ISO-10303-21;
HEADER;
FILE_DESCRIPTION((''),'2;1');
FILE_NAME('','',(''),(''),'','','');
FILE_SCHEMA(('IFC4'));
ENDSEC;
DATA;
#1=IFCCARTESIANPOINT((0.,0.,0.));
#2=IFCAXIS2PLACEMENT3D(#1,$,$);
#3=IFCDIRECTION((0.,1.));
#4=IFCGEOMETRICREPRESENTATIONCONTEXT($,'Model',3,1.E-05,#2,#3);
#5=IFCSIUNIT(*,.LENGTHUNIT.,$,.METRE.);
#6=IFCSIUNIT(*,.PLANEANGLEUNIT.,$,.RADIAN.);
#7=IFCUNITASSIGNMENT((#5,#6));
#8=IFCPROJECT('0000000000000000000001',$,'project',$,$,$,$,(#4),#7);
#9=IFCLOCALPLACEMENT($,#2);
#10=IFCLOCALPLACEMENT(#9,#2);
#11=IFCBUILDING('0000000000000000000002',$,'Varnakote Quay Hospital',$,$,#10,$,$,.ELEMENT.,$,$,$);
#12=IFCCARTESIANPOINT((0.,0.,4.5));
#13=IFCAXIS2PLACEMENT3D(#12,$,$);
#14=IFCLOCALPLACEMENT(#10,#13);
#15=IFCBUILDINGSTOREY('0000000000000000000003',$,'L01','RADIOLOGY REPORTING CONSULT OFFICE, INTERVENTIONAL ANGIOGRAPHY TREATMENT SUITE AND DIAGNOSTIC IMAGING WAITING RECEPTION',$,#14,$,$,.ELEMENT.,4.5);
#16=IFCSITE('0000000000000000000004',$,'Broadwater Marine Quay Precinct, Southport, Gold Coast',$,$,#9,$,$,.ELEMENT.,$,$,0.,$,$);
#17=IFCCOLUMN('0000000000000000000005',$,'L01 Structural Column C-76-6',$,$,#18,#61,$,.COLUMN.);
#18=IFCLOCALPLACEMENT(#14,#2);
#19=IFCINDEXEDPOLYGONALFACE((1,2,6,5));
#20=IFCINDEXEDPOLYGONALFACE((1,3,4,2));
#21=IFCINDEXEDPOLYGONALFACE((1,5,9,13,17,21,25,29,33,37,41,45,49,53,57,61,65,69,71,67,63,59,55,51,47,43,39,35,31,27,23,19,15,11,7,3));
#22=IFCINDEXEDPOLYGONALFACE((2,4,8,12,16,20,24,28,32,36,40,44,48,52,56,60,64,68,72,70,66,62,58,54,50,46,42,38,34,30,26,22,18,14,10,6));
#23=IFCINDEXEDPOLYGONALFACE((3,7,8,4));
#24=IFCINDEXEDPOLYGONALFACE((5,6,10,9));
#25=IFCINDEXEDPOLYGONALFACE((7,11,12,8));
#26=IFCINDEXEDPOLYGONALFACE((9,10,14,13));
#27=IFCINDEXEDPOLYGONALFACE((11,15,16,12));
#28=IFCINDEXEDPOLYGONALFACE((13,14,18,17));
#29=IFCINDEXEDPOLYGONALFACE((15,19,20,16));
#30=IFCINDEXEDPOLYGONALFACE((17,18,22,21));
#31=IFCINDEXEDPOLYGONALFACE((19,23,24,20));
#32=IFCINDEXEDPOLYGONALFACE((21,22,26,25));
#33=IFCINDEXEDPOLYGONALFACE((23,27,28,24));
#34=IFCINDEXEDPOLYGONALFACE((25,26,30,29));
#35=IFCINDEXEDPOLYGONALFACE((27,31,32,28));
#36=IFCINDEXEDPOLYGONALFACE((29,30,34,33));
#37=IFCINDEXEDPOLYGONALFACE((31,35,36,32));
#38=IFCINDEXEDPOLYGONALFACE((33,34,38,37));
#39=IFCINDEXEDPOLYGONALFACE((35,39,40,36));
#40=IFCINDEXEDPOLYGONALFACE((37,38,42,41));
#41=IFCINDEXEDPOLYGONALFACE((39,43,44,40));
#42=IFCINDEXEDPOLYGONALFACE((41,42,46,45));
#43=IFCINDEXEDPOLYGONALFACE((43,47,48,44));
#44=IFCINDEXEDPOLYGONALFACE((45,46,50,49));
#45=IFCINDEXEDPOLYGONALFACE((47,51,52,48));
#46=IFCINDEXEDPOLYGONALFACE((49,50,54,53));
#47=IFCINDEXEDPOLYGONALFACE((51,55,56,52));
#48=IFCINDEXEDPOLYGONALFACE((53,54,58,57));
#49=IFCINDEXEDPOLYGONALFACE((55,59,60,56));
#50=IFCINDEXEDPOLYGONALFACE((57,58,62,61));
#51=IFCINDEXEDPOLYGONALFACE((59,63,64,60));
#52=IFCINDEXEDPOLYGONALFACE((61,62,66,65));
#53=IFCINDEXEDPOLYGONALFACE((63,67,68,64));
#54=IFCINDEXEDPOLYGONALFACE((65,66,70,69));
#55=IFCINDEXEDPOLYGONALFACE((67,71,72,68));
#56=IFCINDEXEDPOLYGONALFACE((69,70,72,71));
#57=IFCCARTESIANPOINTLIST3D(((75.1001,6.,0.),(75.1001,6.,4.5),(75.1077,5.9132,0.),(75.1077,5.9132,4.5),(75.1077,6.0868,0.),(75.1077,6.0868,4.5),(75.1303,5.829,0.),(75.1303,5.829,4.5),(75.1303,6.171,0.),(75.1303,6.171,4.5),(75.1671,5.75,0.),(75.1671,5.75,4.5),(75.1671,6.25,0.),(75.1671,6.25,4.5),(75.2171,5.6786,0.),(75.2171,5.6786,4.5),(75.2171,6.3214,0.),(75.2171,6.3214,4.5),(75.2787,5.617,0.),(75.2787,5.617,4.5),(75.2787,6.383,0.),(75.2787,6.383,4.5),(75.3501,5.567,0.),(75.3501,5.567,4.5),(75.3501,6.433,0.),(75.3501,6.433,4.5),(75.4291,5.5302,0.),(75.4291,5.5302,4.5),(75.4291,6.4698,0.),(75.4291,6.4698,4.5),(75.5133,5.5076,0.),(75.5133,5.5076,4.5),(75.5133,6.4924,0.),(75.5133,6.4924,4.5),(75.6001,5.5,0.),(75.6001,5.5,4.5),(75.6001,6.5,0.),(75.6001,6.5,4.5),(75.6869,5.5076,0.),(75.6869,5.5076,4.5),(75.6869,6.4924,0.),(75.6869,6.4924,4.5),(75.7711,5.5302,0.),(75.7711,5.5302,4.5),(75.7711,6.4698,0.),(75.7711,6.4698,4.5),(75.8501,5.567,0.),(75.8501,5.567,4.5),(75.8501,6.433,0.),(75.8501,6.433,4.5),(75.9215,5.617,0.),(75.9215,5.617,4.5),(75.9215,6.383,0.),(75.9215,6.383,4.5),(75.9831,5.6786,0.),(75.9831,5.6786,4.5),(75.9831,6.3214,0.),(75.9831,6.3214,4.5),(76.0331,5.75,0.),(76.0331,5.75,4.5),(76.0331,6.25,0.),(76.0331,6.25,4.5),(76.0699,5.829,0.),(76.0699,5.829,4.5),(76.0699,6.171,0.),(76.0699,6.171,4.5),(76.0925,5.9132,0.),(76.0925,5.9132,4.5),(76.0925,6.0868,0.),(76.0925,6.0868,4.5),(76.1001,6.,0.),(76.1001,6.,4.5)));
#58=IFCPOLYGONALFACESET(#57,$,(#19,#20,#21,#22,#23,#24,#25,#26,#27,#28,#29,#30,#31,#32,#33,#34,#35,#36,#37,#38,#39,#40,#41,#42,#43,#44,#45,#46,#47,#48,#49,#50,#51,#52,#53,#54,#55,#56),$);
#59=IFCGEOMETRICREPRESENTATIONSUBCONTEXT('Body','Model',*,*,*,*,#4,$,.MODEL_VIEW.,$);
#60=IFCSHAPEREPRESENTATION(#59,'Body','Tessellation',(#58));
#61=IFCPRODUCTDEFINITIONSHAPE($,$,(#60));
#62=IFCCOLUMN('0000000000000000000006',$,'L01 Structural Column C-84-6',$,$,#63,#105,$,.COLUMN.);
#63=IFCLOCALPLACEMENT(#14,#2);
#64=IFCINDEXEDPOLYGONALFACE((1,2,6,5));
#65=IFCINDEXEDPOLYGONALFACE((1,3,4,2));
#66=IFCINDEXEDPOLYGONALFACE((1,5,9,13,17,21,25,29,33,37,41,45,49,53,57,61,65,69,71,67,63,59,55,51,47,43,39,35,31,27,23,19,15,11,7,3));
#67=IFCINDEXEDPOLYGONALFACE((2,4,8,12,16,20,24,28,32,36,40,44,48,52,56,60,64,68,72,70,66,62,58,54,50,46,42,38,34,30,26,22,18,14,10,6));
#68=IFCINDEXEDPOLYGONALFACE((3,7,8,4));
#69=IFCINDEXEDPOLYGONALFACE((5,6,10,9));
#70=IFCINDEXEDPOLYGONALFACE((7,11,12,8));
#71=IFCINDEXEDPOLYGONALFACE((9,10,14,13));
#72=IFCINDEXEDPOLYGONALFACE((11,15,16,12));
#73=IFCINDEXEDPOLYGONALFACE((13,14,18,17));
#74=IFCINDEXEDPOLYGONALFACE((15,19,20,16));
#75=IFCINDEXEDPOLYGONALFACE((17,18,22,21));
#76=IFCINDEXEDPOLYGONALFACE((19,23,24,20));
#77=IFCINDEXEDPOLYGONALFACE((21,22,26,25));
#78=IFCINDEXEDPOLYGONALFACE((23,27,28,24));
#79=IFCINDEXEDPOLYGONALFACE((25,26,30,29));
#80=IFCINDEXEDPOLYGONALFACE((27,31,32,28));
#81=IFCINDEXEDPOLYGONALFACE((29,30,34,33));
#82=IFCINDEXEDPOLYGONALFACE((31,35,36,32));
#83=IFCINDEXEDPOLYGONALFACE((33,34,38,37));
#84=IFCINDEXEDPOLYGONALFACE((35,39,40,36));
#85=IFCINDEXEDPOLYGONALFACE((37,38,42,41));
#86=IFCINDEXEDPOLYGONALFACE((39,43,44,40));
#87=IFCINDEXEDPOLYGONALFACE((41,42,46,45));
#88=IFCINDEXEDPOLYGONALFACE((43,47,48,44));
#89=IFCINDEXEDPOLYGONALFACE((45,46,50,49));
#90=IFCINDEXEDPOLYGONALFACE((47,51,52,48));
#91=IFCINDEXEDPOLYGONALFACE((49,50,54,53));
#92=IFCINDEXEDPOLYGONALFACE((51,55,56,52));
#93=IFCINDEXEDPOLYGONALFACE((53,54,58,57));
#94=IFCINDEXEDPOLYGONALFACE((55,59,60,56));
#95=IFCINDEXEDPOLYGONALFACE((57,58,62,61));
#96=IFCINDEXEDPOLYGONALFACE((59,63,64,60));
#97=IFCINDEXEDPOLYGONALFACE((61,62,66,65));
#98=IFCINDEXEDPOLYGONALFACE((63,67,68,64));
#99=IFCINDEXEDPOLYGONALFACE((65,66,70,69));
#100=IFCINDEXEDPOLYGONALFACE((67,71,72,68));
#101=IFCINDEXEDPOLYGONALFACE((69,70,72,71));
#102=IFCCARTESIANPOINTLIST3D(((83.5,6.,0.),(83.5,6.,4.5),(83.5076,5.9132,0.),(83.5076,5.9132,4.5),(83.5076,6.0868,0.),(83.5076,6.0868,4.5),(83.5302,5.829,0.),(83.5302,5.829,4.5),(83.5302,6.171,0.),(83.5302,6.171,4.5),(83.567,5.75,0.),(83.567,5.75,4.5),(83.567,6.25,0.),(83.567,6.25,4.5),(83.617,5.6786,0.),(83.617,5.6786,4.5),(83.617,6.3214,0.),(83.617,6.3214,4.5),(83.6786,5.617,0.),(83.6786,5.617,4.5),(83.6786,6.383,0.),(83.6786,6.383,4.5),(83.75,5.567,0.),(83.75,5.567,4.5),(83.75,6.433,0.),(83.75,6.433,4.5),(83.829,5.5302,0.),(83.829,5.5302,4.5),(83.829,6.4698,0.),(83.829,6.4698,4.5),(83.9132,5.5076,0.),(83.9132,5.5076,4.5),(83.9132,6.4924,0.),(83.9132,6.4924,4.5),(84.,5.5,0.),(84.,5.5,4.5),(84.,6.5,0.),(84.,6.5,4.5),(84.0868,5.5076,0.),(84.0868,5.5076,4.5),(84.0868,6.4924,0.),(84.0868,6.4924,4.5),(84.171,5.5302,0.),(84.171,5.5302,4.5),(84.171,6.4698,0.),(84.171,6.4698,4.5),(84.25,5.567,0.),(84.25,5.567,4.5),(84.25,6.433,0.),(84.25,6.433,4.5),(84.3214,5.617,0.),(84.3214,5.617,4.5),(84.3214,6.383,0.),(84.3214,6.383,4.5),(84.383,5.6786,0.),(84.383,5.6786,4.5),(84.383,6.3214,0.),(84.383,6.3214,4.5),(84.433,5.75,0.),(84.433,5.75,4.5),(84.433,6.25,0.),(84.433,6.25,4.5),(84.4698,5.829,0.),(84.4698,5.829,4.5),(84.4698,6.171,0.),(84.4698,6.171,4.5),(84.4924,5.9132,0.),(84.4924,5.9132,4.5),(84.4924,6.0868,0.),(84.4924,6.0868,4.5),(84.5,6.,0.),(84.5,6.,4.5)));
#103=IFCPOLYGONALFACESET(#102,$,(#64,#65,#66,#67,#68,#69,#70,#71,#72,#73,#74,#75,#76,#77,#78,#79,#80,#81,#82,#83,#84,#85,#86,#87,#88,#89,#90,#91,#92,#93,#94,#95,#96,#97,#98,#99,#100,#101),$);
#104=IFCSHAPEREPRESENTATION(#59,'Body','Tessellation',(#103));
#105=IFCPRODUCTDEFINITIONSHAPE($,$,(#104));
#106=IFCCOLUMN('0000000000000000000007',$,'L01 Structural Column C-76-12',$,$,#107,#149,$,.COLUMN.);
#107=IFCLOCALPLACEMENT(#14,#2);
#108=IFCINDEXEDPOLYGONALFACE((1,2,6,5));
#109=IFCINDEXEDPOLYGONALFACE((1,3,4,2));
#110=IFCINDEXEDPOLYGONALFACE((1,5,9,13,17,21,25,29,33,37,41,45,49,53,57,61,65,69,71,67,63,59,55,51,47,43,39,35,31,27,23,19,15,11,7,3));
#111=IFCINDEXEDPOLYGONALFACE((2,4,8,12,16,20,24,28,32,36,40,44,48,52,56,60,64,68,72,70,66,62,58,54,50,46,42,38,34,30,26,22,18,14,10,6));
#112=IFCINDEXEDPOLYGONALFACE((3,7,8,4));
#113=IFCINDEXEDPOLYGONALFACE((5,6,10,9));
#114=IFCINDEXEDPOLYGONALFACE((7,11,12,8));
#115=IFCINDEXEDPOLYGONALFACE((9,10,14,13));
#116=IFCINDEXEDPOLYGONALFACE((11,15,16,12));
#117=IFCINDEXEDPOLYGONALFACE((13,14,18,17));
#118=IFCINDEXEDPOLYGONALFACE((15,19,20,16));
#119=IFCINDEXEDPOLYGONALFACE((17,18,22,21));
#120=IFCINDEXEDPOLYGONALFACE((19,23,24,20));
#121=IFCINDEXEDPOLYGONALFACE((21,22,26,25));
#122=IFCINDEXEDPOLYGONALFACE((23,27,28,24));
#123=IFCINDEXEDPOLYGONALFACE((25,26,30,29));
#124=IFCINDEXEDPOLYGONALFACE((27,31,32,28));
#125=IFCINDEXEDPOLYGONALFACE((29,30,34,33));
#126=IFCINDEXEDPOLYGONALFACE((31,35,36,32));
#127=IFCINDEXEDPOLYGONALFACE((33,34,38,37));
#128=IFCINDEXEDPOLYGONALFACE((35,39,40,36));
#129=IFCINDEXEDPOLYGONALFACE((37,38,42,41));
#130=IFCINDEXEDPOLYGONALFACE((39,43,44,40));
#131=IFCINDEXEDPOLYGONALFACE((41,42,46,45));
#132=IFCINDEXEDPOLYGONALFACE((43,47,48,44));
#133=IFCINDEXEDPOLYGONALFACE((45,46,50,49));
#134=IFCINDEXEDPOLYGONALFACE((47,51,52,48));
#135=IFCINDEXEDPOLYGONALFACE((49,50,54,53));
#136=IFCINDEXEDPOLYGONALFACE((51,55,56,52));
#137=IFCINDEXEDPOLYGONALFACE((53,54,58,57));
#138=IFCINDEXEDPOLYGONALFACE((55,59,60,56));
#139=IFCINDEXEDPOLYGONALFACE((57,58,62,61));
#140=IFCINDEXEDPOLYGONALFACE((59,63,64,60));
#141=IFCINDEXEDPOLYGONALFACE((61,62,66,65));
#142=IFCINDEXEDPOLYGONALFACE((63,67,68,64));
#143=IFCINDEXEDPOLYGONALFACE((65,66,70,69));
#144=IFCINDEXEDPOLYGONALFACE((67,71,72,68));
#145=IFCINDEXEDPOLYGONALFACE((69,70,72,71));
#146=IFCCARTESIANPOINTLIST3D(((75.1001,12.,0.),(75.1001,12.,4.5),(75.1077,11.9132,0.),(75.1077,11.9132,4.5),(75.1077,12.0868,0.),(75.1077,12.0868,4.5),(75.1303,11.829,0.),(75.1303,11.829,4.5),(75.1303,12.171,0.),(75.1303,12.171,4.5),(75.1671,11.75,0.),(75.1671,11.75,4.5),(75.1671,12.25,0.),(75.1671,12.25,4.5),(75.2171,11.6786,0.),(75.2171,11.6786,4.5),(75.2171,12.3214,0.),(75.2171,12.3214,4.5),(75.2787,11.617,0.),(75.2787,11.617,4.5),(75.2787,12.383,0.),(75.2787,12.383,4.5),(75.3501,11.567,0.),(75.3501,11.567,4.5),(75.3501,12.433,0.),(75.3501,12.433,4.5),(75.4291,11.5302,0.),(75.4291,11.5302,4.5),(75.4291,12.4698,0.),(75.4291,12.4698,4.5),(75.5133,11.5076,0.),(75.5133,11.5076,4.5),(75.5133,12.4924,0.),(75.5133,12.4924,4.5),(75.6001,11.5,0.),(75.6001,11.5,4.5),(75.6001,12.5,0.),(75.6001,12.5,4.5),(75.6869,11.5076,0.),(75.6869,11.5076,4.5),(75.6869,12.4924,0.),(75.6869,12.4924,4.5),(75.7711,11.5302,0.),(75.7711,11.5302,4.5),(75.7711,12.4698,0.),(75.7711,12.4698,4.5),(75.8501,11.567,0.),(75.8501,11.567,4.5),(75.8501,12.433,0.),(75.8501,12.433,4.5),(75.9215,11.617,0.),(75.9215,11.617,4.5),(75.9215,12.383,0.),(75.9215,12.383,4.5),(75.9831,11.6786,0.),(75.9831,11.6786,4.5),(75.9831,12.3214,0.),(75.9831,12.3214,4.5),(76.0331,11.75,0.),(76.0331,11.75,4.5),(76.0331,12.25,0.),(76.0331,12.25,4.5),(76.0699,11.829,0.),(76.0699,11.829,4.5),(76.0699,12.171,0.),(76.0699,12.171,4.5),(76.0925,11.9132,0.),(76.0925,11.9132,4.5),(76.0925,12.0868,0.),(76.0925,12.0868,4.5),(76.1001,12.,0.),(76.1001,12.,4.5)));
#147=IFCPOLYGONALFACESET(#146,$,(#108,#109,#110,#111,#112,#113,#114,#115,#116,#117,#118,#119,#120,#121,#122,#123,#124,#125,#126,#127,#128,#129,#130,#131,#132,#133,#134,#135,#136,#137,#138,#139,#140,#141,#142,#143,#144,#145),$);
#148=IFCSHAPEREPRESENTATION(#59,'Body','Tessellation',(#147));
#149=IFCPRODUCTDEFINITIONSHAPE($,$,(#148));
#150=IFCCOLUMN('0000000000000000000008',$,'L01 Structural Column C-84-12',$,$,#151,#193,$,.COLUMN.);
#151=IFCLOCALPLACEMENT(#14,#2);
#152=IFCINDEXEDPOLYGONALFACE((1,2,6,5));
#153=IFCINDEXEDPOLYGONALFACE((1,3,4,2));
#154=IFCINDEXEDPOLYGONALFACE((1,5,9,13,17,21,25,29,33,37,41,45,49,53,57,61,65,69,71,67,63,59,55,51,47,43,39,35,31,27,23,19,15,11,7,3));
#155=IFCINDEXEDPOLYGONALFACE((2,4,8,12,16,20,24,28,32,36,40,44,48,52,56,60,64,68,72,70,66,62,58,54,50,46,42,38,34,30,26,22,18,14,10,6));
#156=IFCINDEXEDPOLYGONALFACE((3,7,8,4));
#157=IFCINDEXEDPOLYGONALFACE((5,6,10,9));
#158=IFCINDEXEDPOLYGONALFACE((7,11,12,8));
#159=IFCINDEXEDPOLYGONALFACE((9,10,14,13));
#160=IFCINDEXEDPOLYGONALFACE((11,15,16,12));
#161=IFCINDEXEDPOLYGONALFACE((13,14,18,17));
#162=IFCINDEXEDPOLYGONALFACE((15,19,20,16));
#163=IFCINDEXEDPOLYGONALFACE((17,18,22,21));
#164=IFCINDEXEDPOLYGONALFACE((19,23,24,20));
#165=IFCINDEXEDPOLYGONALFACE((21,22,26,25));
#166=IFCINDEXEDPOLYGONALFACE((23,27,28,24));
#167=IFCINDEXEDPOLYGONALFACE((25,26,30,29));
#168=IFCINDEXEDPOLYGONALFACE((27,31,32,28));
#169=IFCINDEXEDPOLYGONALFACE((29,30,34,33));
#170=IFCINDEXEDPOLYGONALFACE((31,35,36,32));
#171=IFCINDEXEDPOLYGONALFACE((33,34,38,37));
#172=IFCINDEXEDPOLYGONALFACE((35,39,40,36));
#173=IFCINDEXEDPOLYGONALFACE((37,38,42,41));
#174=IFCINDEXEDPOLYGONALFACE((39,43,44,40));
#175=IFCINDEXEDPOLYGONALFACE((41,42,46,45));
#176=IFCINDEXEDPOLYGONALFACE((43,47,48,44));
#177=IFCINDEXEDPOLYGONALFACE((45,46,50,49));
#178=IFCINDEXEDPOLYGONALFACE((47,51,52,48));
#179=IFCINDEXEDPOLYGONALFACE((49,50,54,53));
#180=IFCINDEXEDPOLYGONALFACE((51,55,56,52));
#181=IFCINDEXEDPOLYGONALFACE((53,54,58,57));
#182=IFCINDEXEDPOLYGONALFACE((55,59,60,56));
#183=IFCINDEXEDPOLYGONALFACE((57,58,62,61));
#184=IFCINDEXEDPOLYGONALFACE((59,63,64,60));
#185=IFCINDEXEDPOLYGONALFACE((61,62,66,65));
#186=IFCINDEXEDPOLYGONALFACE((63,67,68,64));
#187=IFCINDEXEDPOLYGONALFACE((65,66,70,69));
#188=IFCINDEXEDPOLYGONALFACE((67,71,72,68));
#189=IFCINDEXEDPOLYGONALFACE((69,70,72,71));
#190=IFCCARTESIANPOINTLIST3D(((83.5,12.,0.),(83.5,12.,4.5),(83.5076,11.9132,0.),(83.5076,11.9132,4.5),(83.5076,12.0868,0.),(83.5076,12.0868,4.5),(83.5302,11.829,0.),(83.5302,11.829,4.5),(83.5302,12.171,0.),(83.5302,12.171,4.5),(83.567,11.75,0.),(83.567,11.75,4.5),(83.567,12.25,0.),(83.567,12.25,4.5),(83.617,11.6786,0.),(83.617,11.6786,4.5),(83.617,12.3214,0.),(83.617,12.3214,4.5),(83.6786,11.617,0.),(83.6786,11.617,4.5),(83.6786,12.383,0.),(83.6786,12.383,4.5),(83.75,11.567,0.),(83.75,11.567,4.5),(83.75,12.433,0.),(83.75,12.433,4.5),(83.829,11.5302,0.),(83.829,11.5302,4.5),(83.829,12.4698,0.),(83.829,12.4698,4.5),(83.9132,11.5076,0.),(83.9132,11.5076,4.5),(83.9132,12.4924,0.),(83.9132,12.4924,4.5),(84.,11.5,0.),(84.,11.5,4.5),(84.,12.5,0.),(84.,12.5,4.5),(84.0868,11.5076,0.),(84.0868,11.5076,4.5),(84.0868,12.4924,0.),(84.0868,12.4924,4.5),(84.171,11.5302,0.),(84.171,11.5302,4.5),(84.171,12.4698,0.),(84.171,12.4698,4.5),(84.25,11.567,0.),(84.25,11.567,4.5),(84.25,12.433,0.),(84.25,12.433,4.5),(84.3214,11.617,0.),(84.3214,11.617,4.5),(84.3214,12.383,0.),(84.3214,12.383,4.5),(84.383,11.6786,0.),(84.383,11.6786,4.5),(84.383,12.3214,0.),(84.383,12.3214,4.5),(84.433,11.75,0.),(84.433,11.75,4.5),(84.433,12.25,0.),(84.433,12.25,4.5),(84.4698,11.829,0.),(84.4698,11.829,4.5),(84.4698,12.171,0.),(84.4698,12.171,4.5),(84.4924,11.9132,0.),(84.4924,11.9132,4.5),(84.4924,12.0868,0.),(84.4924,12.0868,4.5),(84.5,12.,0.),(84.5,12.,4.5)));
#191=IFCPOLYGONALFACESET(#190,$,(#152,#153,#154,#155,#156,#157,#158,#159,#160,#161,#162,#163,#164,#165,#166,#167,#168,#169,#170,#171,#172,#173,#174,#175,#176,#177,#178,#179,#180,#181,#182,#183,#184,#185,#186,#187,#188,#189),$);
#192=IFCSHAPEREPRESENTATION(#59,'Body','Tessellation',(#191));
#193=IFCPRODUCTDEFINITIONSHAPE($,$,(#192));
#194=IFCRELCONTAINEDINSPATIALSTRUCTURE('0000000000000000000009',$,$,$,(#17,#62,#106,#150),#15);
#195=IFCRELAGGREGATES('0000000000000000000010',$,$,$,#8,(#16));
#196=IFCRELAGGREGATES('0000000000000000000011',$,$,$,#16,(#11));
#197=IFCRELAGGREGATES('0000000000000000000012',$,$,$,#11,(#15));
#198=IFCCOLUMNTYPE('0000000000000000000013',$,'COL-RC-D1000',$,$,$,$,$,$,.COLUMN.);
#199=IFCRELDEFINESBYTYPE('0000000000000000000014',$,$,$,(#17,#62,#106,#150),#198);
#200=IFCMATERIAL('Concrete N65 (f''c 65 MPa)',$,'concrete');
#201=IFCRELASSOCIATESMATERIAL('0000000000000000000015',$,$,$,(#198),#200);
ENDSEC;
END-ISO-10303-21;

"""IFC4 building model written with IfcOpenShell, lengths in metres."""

from ifc_helpers import new_model, si_unit, direction, frame, origin, origin_2d, place, context, subcontext, project, spatial, circle, extrude, material, material_profile, profile_set, type_object, element, save


model = new_model("IFC4")

# Units and contexts
model_context = context("Model", 3, precision=1e-05, world=origin(), true_north=direction((0.0, 1.0)))
body_context = subcontext(model_context, "Body", "Model", "MODEL_VIEW")
ifc_project = project(units=[si_unit("LENGTHUNIT", "METRE"), si_unit("PLANEANGLEUNIT", "RADIAN")], contexts=[model_context])

# Site, building, storey
site_placement = place(None, origin())
site = spatial("IfcSite", under=ifc_project, at=site_placement, Name="Broadwater Marine Quay Precinct, Southport, Gold Coast", CompositionType="ELEMENT", RefElevation=0.0)
building_placement = place(site_placement, origin())
building = spatial("IfcBuilding", under=site, at=building_placement, Name="Varnakote Quay Hospital", CompositionType="ELEMENT")
storey_placement = place(building_placement, frame((0.0, 0.0, 4.5)))
storey = spatial("IfcBuildingStorey", under=building, at=storey_placement, Name="L01", Description="RADIOLOGY REPORTING CONSULT OFFICE, INTERVENTIONAL ANGIOGRAPHY TREATMENT SUITE AND DIAGNOSTIC IMAGING WAITING RECEPTION", CompositionType="ELEMENT", Elevation=4.5)

# Columns
ifc_material_1 = material(Name="Concrete N65 (f'c 65 MPa)", Category="concrete")
ifc_material_profile_1 = material_profile(ifc_material_1, circle(Radius=0.5, at=origin_2d()), Name="RC-COL-D1000")
ifc_profile_set_1 = profile_set([ifc_material_profile_1], Name="Concrete N65 (f'c 65 MPa)")
column_type = type_object("IfcColumnType", Name="COL-RC-D1000", PredefinedType="COLUMN", material=ifc_profile_set_1)
for number, where, z_axis, x_axis, name in (
    (1, (75.6001, 6.0, 0.0), (0.0, 0.0, 1.0), (1.0, 0.0, 0.0), "L01 Structural Column C-76-6"),
    (2, (84.0, 6.0, 0.0), (0.0, 0.0, 1.0), (1.0, 0.0, 0.0), "L01 Structural Column C-84-6"),
    (3, (75.6001, 12.0, 0.0), (0.0, 0.0, 1.0), (1.0, 0.0, 0.0), "L01 Structural Column C-76-12"),
    (4, (84.0, 12.0, 0.0), (0.0, 0.0, 1.0), (1.0, 0.0, 0.0), "L01 Structural Column C-84-12"),
):
    element("IfcColumn", number, at=place(storey_placement, frame(where, z_axis=z_axis, x_axis=x_axis)), inside=storey, type_object=column_type, Name=name, PredefinedType="COLUMN", context=body_context, shape_type="SweptSolid", body=[
        extrude(circle(Radius=0.5, at=origin_2d()), origin(), (0.0, 0.0, 1.0), 4.5),
    ])

save(model, "model.ifc")
